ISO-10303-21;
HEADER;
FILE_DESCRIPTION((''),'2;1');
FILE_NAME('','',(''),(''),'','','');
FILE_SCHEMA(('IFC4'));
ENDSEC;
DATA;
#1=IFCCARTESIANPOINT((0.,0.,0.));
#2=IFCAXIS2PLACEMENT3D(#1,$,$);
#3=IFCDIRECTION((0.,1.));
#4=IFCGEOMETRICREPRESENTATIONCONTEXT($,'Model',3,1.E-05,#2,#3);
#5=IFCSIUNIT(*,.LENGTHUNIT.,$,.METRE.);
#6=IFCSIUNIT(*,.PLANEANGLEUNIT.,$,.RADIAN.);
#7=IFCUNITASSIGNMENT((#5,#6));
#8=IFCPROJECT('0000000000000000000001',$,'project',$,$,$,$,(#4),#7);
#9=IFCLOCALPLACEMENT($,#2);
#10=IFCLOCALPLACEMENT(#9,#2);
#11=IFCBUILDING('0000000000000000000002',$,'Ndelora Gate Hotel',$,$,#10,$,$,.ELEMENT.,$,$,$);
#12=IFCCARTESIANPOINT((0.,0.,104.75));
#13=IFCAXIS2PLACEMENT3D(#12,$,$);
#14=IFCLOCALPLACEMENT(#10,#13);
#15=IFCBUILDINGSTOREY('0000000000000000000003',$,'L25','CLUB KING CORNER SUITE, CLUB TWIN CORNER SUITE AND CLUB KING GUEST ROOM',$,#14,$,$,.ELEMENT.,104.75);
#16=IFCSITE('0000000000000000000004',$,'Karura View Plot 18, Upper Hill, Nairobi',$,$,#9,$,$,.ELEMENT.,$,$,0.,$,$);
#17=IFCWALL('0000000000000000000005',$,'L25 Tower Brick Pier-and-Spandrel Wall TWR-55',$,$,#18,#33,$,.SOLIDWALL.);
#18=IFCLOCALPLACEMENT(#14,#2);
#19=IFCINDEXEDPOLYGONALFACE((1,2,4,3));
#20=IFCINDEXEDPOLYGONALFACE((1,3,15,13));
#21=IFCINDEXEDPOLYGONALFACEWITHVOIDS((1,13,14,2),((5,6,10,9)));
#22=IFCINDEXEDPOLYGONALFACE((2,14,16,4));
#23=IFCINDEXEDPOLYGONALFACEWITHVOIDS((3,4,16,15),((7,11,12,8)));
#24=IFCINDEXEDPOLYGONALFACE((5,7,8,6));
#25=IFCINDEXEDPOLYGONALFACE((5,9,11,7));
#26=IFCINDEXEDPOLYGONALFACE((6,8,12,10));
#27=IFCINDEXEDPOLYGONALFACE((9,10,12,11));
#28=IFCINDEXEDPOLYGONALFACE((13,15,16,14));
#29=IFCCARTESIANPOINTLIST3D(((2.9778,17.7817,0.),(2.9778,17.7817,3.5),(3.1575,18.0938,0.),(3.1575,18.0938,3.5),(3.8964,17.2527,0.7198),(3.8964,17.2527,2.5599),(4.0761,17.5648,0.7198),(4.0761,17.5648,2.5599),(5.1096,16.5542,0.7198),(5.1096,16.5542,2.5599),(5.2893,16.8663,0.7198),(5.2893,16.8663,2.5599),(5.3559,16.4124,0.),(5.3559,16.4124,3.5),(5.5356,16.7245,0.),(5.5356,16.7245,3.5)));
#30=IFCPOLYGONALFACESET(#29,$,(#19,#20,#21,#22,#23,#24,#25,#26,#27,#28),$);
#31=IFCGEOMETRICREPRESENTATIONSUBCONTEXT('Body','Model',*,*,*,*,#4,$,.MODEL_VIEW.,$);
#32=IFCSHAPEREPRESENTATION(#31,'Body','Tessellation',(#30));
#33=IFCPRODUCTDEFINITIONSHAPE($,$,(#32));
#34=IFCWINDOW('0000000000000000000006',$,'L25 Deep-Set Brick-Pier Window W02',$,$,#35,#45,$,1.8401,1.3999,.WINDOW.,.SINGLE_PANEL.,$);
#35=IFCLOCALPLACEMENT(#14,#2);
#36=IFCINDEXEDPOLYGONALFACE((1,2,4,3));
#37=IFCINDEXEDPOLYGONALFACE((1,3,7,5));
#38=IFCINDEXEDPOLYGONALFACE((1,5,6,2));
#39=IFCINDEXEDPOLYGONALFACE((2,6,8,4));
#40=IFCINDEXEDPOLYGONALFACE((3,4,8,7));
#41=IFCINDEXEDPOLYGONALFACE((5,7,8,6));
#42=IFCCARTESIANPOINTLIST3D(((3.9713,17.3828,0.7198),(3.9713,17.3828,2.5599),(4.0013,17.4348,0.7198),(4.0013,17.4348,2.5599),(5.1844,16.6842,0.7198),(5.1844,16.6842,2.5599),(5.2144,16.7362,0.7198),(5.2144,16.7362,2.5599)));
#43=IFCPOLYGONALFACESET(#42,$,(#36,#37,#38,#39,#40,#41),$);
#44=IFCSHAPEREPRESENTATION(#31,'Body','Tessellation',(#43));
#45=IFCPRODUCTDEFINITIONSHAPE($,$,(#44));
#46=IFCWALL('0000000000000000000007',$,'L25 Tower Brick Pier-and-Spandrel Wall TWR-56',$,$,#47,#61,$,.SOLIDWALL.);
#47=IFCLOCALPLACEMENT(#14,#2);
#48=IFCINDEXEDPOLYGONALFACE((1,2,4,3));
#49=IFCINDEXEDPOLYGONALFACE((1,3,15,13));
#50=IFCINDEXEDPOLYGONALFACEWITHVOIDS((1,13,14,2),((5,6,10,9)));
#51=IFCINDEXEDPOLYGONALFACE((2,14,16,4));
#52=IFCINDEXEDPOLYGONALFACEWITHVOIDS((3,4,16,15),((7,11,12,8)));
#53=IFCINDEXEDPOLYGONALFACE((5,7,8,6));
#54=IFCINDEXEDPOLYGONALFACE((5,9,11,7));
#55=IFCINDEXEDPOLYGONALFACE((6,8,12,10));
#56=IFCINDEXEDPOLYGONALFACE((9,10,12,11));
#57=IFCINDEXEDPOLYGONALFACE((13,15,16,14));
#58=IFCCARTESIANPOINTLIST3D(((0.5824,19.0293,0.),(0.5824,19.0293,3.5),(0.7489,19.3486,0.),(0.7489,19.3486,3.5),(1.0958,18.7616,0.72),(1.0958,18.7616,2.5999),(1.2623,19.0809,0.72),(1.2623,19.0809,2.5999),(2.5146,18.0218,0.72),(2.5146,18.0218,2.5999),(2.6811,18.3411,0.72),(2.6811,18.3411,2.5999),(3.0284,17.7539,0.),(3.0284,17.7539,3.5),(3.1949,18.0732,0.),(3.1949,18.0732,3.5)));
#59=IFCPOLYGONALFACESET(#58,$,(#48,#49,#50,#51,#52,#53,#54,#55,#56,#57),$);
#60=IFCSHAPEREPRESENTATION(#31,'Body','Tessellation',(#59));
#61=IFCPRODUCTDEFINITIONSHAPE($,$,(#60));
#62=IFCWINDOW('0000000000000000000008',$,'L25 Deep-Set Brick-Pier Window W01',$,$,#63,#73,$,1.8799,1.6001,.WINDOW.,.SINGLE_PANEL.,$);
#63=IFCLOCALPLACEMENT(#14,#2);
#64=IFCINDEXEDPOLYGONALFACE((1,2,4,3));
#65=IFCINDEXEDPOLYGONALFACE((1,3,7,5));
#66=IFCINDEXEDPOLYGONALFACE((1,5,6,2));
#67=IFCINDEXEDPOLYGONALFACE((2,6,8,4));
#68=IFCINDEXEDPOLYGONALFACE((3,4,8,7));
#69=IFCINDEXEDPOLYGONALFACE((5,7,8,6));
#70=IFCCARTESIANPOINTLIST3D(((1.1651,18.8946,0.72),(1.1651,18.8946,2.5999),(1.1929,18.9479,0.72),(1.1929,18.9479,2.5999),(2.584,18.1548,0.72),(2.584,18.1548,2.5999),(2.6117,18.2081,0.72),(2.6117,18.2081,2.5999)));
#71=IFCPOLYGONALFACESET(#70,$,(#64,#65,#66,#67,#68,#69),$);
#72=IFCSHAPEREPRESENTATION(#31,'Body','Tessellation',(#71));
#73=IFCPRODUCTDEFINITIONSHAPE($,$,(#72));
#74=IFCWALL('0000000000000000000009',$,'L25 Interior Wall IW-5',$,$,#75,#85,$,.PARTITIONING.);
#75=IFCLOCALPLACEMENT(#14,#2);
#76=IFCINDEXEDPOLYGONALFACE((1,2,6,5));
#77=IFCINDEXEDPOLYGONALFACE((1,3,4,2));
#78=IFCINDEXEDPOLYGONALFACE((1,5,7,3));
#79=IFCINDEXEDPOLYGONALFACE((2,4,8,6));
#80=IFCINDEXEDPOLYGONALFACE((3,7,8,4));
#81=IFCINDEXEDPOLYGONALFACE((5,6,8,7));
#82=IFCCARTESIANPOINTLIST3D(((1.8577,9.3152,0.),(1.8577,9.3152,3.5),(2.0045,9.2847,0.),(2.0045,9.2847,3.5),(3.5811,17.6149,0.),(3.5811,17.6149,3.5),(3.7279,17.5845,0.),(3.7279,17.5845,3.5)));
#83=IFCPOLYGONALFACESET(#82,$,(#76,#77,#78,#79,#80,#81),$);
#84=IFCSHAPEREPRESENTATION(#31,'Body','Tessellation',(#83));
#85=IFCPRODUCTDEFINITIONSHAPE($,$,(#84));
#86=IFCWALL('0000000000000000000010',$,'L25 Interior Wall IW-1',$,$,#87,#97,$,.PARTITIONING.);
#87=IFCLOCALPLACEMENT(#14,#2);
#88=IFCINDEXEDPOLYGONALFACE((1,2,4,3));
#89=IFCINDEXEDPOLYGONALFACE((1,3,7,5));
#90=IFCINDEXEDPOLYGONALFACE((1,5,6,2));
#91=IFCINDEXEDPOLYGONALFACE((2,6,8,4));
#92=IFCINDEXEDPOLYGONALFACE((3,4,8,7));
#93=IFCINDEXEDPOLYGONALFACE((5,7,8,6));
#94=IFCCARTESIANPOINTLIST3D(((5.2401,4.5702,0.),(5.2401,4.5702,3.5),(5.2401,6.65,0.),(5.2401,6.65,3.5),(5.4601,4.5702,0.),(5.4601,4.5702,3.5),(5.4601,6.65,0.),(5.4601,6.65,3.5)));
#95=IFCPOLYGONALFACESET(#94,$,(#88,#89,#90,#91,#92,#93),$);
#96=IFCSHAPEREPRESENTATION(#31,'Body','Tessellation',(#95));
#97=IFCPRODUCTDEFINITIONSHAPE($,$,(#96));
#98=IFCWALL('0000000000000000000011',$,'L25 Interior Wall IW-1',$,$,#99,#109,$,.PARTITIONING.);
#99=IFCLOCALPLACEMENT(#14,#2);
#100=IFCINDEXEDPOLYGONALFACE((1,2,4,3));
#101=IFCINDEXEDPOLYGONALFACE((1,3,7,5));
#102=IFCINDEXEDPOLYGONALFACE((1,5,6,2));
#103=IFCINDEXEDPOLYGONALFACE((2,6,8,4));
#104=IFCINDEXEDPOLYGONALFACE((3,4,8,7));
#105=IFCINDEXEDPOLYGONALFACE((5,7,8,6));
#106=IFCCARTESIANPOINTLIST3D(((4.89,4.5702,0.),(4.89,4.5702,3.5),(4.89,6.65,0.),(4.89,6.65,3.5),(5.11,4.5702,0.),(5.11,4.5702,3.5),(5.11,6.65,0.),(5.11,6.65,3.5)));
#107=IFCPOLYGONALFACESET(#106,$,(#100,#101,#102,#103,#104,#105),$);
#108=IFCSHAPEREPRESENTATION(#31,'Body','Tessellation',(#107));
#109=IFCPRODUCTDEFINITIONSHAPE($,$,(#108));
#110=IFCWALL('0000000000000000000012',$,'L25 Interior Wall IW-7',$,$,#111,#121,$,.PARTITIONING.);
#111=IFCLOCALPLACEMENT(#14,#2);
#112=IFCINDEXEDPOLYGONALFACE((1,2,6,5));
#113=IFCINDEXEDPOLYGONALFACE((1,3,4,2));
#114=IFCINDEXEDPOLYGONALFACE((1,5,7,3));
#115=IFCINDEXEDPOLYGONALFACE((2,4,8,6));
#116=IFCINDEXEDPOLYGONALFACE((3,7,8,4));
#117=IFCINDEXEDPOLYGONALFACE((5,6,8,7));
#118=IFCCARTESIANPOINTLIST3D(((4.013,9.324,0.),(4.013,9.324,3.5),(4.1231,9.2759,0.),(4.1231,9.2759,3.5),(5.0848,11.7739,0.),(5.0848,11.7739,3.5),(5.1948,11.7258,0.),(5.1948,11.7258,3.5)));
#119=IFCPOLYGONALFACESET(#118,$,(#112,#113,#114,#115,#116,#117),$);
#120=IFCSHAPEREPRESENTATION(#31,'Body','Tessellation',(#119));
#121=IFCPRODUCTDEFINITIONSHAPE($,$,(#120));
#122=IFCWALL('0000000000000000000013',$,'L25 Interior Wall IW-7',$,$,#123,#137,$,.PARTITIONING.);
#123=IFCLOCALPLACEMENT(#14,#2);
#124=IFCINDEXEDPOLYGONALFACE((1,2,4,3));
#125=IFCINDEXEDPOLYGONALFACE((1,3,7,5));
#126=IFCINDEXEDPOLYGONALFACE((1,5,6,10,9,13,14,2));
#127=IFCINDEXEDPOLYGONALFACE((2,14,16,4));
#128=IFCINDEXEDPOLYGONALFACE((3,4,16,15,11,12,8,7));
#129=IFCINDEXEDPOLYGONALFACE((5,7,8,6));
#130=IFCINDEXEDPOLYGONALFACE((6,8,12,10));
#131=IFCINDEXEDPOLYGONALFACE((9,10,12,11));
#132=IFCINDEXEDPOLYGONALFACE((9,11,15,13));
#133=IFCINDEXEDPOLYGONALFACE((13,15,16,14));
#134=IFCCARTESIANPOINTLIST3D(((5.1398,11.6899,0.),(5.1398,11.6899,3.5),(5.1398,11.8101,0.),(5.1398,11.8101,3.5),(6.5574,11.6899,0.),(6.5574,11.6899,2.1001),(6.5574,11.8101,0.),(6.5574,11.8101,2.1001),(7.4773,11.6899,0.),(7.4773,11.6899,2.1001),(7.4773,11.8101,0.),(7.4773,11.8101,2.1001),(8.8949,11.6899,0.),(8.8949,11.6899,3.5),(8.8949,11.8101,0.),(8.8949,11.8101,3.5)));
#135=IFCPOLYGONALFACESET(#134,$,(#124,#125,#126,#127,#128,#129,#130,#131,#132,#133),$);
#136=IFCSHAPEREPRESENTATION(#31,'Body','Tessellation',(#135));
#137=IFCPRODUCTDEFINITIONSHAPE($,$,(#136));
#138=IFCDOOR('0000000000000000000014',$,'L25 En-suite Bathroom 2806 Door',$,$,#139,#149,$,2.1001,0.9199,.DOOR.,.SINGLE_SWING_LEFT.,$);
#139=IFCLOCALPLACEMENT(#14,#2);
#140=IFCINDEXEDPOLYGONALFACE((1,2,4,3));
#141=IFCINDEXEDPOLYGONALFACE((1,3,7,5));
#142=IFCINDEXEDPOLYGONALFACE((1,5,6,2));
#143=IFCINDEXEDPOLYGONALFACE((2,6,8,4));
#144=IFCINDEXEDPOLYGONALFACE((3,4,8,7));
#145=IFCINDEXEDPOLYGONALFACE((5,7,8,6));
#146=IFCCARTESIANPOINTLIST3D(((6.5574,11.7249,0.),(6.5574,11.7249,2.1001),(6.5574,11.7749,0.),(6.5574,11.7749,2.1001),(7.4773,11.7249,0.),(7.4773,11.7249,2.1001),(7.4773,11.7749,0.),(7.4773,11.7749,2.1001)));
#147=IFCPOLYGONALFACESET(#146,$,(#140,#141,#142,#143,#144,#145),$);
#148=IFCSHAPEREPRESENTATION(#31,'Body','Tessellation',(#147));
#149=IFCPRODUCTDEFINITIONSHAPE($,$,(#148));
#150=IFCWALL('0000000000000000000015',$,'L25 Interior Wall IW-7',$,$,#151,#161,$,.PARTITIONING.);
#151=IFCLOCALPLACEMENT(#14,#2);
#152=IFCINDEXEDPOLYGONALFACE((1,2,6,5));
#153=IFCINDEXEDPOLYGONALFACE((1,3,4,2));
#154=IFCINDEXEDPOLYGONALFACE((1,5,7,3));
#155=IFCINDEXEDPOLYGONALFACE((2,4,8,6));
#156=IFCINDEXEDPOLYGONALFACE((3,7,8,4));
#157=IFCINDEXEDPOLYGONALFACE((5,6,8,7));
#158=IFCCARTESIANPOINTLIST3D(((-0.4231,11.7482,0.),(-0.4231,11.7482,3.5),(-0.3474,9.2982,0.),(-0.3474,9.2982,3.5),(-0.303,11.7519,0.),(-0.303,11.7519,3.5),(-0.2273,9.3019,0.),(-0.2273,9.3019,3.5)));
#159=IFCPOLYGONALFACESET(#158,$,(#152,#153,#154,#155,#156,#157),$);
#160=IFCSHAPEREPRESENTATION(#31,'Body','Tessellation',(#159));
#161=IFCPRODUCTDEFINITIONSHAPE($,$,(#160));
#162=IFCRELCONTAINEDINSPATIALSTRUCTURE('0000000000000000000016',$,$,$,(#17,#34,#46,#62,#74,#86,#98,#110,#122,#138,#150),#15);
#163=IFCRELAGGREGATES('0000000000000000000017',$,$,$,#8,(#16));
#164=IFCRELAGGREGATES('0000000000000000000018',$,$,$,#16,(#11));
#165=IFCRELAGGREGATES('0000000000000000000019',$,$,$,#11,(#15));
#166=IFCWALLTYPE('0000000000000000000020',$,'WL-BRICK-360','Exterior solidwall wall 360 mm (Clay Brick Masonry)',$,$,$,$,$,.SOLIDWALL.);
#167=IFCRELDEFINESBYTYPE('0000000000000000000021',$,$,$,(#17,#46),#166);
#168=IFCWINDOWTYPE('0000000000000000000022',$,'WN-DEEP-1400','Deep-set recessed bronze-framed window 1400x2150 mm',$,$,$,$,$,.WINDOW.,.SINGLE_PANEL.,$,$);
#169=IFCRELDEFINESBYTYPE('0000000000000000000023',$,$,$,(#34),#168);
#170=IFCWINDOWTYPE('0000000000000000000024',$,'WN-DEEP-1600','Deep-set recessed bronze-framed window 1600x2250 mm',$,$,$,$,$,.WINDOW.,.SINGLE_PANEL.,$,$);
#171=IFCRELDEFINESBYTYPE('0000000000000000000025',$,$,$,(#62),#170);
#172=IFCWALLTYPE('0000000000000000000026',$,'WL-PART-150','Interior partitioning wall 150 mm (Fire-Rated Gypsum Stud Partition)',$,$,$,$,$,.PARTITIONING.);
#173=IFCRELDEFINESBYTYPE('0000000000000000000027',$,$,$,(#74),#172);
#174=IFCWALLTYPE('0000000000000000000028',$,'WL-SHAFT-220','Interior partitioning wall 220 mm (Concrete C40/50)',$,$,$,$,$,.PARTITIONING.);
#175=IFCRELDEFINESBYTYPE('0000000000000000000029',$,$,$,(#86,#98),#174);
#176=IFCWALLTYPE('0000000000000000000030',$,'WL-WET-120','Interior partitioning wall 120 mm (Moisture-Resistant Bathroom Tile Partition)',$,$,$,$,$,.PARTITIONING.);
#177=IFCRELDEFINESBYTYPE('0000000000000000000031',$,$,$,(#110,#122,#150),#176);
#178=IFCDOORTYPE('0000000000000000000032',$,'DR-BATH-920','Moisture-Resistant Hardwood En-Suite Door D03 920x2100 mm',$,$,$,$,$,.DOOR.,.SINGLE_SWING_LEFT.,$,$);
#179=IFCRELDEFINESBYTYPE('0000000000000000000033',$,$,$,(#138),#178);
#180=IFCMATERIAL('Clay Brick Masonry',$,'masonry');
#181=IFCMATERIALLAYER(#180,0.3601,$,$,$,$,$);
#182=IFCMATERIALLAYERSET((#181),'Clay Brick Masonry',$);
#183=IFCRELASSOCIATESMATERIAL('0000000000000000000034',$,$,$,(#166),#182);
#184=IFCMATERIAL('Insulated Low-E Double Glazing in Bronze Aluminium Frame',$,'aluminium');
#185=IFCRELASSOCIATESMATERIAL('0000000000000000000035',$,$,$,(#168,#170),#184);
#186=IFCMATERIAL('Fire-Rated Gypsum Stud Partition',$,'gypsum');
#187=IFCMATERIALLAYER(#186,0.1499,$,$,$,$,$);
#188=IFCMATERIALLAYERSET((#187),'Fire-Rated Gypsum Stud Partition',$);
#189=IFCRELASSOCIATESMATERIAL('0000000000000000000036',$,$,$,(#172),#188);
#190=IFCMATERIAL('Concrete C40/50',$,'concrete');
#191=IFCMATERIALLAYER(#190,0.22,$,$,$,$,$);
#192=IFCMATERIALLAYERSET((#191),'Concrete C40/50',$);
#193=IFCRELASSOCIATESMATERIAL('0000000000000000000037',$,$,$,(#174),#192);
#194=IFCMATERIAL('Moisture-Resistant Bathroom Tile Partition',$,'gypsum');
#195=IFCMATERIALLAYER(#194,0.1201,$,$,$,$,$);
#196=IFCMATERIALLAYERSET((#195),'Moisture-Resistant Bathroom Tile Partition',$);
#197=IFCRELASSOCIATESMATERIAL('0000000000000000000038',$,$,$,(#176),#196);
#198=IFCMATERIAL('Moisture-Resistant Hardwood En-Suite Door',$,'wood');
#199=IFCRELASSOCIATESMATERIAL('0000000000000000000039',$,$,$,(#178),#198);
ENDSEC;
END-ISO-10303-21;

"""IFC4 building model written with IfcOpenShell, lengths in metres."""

from ifc_helpers import new_model, si_unit, direction, frame, frame_2d, origin, place, context, subcontext, project, spatial, rectangle, extrude, material, layer, layer_set, type_object, element, fill, save


model = new_model("IFC4")

# Units and contexts
model_context = context("Model", 3, precision=1e-05, world=origin(), true_north=direction((0.0, 1.0)))
body_context = subcontext(model_context, "Body", "Model", "MODEL_VIEW")
ifc_project = project(units=[si_unit("LENGTHUNIT", "METRE"), si_unit("PLANEANGLEUNIT", "RADIAN")], contexts=[model_context])

# Site, building, storey
site_placement = place(None, origin())
site = spatial("IfcSite", under=ifc_project, at=site_placement, Name="Karura View Plot 18, Upper Hill, Nairobi", CompositionType="ELEMENT", RefElevation=0.0)
building_placement = place(site_placement, origin())
building = spatial("IfcBuilding", under=site, at=building_placement, Name="Ndelora Gate Hotel", CompositionType="ELEMENT")
storey_placement = place(building_placement, frame((0.0, 0.0, 104.75)))
storey = spatial("IfcBuildingStorey", under=building, at=storey_placement, Name="L25", Description="CLUB KING CORNER SUITE, CLUB TWIN CORNER SUITE AND CLUB KING GUEST ROOM", CompositionType="ELEMENT", Elevation=104.75)

# Walls, openings, windows
ifc_material_1 = material(Name="Clay Brick Masonry", Category="masonry")
ifc_layer_1 = layer(ifc_material_1, 0.3601)
ifc_layer_set_1 = layer_set([ifc_layer_1], Name="Clay Brick Masonry")
wall_type_1 = type_object("IfcWallType", Name="WL-BRICK-360", Description="Exterior solidwall wall 360 mm (Clay Brick Masonry)", PredefinedType="SOLIDWALL", material=ifc_layer_set_1)
ifc_material_2 = material(Name="Insulated Low-E Double Glazing in Bronze Aluminium Frame", Category="aluminium")
window_type_1 = type_object("IfcWindowType", Name="WN-DEEP-1400", Description="Deep-set recessed bronze-framed window 1400x2150 mm", PartitioningType="SINGLE_PANEL", PredefinedType="WINDOW", material=ifc_material_2)
wall_1_placement = place(storey_placement, frame((3.0676, 17.9377, 0.0), z_axis=(0.0, 0.0, 1.0), x_axis=(0.866601, -0.499001, 0.0)))
wall_1 = element("IfcWall", 1, at=wall_1_placement, inside=storey, type_object=wall_type_1, Name="L25 Tower Brick Pier-and-Spandrel Wall TWR-55", PredefinedType="SOLIDWALL", context=body_context, shape_type="SweptSolid", body=[
    extrude(rectangle(XDim=2.7441, YDim=0.3601, at=frame_2d((1.3721, 0.0))), origin(), (0.0, 0.0, 1.0), 3.5),
])
opening_1_placement = place(wall_1_placement, frame((1.0601, 0.0, 0.72)))
opening_1 = element("IfcOpeningElement", 2, at=opening_1_placement, cuts=wall_1, PredefinedType="OPENING", context=body_context, shape_type="SweptSolid", body=[
    extrude(rectangle(XDim=1.3999, YDim=1.8401, at=frame_2d((0.7, 0.9199))), frame((0.0, 0.1899, 0.0), z_axis=(0.0, -1.0, 0.0), x_axis=(1.0, 0.0, 0.0)), (0.0, 0.0, 1.0), 0.3801),
])
window_1_placement = place(opening_1_placement, origin())
window_1 = element("IfcWindow", 3, at=window_1_placement, inside=storey, type_object=window_type_1, Name="L25 Deep-Set Brick-Pier Window W02", OverallHeight=1.8401, OverallWidth=1.3999, PartitioningType="SINGLE_PANEL", PredefinedType="WINDOW", context=body_context, shape_type="SweptSolid", body=[
    extrude(rectangle(XDim=1.3999, YDim=1.8401, at=frame_2d((0.7, 0.9199))), frame((0.0, 0.03, 0.0), z_axis=(0.0, -1.0, 0.0), x_axis=(1.0, 0.0, 0.0)), (0.0, 0.0, 1.0), 0.0601),
])
fill(opening_1, window_1)
wall_2_placement = place(storey_placement, frame((0.6655, 19.189, 0.0), z_axis=(0.0, 0.0, 1.0), x_axis=(0.886705, -0.462336, 0.0)))
wall_2 = element("IfcWall", 4, at=wall_2_placement, inside=storey, type_object=wall_type_1, Name="L25 Tower Brick Pier-and-Spandrel Wall TWR-56", PredefinedType="SOLIDWALL", context=body_context, shape_type="SweptSolid", body=[
    extrude(rectangle(XDim=2.7585, YDim=0.3601, at=frame_2d((1.3794, 0.0))), origin(), (0.0, 0.0, 1.0), 3.5),
])
opening_2_placement = place(wall_2_placement, frame((0.5791, 0.0, 0.72)))
opening_2 = element("IfcOpeningElement", 5, at=opening_2_placement, cuts=wall_2, PredefinedType="OPENING", context=body_context, shape_type="SweptSolid", body=[
    extrude(rectangle(XDim=1.6001, YDim=1.8799, at=frame_2d((0.8, 0.9399))), frame((0.0, 0.1899, 0.0), z_axis=(0.0, -1.0, 0.0), x_axis=(1.0, 0.0, 0.0)), (0.0, 0.0, 1.0), 0.3801),
])
window_type_2 = type_object("IfcWindowType", Name="WN-DEEP-1600", Description="Deep-set recessed bronze-framed window 1600x2250 mm", PartitioningType="SINGLE_PANEL", PredefinedType="WINDOW", material=ifc_material_2)
window_2_placement = place(opening_2_placement, origin())
window_2 = element("IfcWindow", 6, at=window_2_placement, inside=storey, type_object=window_type_2, Name="L25 Deep-Set Brick-Pier Window W01", OverallHeight=1.8799, OverallWidth=1.6001, PartitioningType="SINGLE_PANEL", PredefinedType="WINDOW", context=body_context, shape_type="SweptSolid", body=[
    extrude(rectangle(XDim=1.6001, YDim=1.8799, at=frame_2d((0.8, 0.9399))), frame((0.0, 0.03, 0.0), z_axis=(0.0, -1.0, 0.0), x_axis=(1.0, 0.0, 0.0)), (0.0, 0.0, 1.0), 0.0601),
])
fill(opening_2, window_2)

# Walls
ifc_material_3 = material(Name="Fire-Rated Gypsum Stud Partition", Category="gypsum")
ifc_layer_2 = layer(ifc_material_3, 0.1499)
ifc_layer_set_2 = layer_set([ifc_layer_2], Name="Fire-Rated Gypsum Stud Partition")
wall_type_2 = type_object("IfcWallType", Name="WL-PART-150", Description="Interior partitioning wall 150 mm (Fire-Rated Gypsum Stud Partition)", PredefinedType="PARTITIONING", material=ifc_layer_set_2)
wall_3_placement = place(storey_placement, frame((1.9312, 9.3, 0.0), z_axis=(0.0, 0.0, 1.0), x_axis=(0.203306, 0.979115, 0.0)))
element("IfcWall", 7, at=wall_3_placement, inside=storey, type_object=wall_type_2, Name="L25 Interior Wall IW-5", PredefinedType="PARTITIONING", context=body_context, shape_type="SweptSolid", body=[
    extrude(rectangle(XDim=8.4768, YDim=0.1499, at=frame_2d((4.2383, 0.0))), origin(), (0.0, 0.0, 1.0), 3.5),
])
ifc_material_4 = material(Name="Concrete C40/50", Category="concrete")
ifc_layer_3 = layer(ifc_material_4, 0.22)
ifc_layer_set_3 = layer_set([ifc_layer_3], Name="Concrete C40/50")
wall_type_3 = type_object("IfcWallType", Name="WL-SHAFT-220", Description="Interior partitioning wall 220 mm (Concrete C40/50)", PredefinedType="PARTITIONING", material=ifc_layer_set_3)
for number, where, z_axis, x_axis, name in (
    (8, (5.3501, 4.5701, 0.0), (0.0, 0.0, 1.0), (0.0, 1.0, 0.0), "L25 Interior Wall IW-1"),
    (9, (5.0, 4.5701, 0.0), (0.0, 0.0, 1.0), (0.0, 1.0, 0.0), "L25 Interior Wall IW-1"),
):
    element("IfcWall", number, at=place(storey_placement, frame(where, z_axis=z_axis, x_axis=x_axis)), inside=storey, type_object=wall_type_3, Name=name, PredefinedType="PARTITIONING", context=body_context, shape_type="SweptSolid", body=[
        extrude(rectangle(XDim=2.0798, YDim=0.22, at=frame_2d((1.04, 0.0))), origin(), (0.0, 0.0, 1.0), 3.5),
    ])
ifc_material_5 = material(Name="Moisture-Resistant Bathroom Tile Partition", Category="gypsum")
ifc_layer_4 = layer(ifc_material_5, 0.1201)
ifc_layer_set_4 = layer_set([ifc_layer_4], Name="Moisture-Resistant Bathroom Tile Partition")
wall_type_4 = type_object("IfcWallType", Name="WL-WET-120", Description="Interior partitioning wall 120 mm (Moisture-Resistant Bathroom Tile Partition)", PredefinedType="PARTITIONING", material=ifc_layer_set_4)
wall_4_placement = place(storey_placement, frame((4.0681, 9.3, 0.0), z_axis=(0.0, 0.0, 1.0), x_axis=(0.400795, 0.916168, 0.0)))
element("IfcWall", 10, at=wall_4_placement, inside=storey, type_object=wall_type_4, Name="L25 Interior Wall IW-7", PredefinedType="PARTITIONING", context=body_context, shape_type="SweptSolid", body=[
    extrude(rectangle(XDim=2.6741, YDim=0.1201, at=frame_2d((1.3369, 0.0))), origin(), (0.0, 0.0, 1.0), 3.5),
])

# Wall, opening, door
wall_5_placement = place(storey_placement, frame((5.1399, 11.75, 0.0), z_axis=(0.0, 0.0, 1.0), x_axis=(1.0, 0.0, 0.0)))
wall_5 = element("IfcWall", 11, at=wall_5_placement, inside=storey, type_object=wall_type_4, Name="L25 Interior Wall IW-7", PredefinedType="PARTITIONING", context=body_context, shape_type="SweptSolid", body=[
    extrude(rectangle(XDim=3.7551, YDim=0.1201, at=frame_2d((1.8774, 0.0))), origin(), (0.0, 0.0, 1.0), 3.5),
])
opening_3_placement = place(wall_5_placement, frame((1.4175, 0.0, 0.0)))
opening_3 = element("IfcOpeningElement", 12, at=opening_3_placement, cuts=wall_5, PredefinedType="OPENING", context=body_context, shape_type="SweptSolid", body=[
    extrude(rectangle(XDim=0.9199, YDim=2.1001, at=frame_2d((0.46, 1.05))), frame((0.0, 0.0701, 0.0), z_axis=(0.0, -1.0, 0.0), x_axis=(1.0, 0.0, 0.0)), (0.0, 0.0, 1.0), 0.1401),
])
ifc_material_6 = material(Name="Moisture-Resistant Hardwood En-Suite Door", Category="wood")
door_type = type_object("IfcDoorType", Name="DR-BATH-920", Description="Moisture-Resistant Hardwood En-Suite Door D03 920x2100 mm", OperationType="SINGLE_SWING_LEFT", PredefinedType="DOOR", material=ifc_material_6)
door_1_placement = place(opening_3_placement, origin())
door_1 = element("IfcDoor", 13, at=door_1_placement, inside=storey, type_object=door_type, Name="L25 En-suite Bathroom 2806 Door", OperationType="SINGLE_SWING_LEFT", OverallHeight=2.1001, OverallWidth=0.9199, PredefinedType="DOOR", context=body_context, shape_type="SweptSolid", body=[
    extrude(rectangle(XDim=0.9199, YDim=2.1001, at=frame_2d((0.46, 1.05))), frame((0.0, 0.0249, 0.0), z_axis=(0.0, -1.0, 0.0), x_axis=(1.0, 0.0, 0.0)), (0.0, 0.0, 1.0), 0.05),
])
fill(opening_3, door_1)

# Wall
wall_6_placement = place(storey_placement, frame((-0.2874, 9.3, 0.0), z_axis=(0.0, 0.0, 1.0), x_axis=(-0.030877, 0.999523, 0.0)))
element("IfcWall", 14, at=wall_6_placement, inside=storey, type_object=wall_type_4, Name="L25 Interior Wall IW-7", PredefinedType="PARTITIONING", context=body_context, shape_type="SweptSolid", body=[
    extrude(rectangle(XDim=2.4512, YDim=0.1201, at=frame_2d((1.2256, 0.0))), origin(), (0.0, 0.0, 1.0), 3.5),
])

save(model, "model.ifc")
